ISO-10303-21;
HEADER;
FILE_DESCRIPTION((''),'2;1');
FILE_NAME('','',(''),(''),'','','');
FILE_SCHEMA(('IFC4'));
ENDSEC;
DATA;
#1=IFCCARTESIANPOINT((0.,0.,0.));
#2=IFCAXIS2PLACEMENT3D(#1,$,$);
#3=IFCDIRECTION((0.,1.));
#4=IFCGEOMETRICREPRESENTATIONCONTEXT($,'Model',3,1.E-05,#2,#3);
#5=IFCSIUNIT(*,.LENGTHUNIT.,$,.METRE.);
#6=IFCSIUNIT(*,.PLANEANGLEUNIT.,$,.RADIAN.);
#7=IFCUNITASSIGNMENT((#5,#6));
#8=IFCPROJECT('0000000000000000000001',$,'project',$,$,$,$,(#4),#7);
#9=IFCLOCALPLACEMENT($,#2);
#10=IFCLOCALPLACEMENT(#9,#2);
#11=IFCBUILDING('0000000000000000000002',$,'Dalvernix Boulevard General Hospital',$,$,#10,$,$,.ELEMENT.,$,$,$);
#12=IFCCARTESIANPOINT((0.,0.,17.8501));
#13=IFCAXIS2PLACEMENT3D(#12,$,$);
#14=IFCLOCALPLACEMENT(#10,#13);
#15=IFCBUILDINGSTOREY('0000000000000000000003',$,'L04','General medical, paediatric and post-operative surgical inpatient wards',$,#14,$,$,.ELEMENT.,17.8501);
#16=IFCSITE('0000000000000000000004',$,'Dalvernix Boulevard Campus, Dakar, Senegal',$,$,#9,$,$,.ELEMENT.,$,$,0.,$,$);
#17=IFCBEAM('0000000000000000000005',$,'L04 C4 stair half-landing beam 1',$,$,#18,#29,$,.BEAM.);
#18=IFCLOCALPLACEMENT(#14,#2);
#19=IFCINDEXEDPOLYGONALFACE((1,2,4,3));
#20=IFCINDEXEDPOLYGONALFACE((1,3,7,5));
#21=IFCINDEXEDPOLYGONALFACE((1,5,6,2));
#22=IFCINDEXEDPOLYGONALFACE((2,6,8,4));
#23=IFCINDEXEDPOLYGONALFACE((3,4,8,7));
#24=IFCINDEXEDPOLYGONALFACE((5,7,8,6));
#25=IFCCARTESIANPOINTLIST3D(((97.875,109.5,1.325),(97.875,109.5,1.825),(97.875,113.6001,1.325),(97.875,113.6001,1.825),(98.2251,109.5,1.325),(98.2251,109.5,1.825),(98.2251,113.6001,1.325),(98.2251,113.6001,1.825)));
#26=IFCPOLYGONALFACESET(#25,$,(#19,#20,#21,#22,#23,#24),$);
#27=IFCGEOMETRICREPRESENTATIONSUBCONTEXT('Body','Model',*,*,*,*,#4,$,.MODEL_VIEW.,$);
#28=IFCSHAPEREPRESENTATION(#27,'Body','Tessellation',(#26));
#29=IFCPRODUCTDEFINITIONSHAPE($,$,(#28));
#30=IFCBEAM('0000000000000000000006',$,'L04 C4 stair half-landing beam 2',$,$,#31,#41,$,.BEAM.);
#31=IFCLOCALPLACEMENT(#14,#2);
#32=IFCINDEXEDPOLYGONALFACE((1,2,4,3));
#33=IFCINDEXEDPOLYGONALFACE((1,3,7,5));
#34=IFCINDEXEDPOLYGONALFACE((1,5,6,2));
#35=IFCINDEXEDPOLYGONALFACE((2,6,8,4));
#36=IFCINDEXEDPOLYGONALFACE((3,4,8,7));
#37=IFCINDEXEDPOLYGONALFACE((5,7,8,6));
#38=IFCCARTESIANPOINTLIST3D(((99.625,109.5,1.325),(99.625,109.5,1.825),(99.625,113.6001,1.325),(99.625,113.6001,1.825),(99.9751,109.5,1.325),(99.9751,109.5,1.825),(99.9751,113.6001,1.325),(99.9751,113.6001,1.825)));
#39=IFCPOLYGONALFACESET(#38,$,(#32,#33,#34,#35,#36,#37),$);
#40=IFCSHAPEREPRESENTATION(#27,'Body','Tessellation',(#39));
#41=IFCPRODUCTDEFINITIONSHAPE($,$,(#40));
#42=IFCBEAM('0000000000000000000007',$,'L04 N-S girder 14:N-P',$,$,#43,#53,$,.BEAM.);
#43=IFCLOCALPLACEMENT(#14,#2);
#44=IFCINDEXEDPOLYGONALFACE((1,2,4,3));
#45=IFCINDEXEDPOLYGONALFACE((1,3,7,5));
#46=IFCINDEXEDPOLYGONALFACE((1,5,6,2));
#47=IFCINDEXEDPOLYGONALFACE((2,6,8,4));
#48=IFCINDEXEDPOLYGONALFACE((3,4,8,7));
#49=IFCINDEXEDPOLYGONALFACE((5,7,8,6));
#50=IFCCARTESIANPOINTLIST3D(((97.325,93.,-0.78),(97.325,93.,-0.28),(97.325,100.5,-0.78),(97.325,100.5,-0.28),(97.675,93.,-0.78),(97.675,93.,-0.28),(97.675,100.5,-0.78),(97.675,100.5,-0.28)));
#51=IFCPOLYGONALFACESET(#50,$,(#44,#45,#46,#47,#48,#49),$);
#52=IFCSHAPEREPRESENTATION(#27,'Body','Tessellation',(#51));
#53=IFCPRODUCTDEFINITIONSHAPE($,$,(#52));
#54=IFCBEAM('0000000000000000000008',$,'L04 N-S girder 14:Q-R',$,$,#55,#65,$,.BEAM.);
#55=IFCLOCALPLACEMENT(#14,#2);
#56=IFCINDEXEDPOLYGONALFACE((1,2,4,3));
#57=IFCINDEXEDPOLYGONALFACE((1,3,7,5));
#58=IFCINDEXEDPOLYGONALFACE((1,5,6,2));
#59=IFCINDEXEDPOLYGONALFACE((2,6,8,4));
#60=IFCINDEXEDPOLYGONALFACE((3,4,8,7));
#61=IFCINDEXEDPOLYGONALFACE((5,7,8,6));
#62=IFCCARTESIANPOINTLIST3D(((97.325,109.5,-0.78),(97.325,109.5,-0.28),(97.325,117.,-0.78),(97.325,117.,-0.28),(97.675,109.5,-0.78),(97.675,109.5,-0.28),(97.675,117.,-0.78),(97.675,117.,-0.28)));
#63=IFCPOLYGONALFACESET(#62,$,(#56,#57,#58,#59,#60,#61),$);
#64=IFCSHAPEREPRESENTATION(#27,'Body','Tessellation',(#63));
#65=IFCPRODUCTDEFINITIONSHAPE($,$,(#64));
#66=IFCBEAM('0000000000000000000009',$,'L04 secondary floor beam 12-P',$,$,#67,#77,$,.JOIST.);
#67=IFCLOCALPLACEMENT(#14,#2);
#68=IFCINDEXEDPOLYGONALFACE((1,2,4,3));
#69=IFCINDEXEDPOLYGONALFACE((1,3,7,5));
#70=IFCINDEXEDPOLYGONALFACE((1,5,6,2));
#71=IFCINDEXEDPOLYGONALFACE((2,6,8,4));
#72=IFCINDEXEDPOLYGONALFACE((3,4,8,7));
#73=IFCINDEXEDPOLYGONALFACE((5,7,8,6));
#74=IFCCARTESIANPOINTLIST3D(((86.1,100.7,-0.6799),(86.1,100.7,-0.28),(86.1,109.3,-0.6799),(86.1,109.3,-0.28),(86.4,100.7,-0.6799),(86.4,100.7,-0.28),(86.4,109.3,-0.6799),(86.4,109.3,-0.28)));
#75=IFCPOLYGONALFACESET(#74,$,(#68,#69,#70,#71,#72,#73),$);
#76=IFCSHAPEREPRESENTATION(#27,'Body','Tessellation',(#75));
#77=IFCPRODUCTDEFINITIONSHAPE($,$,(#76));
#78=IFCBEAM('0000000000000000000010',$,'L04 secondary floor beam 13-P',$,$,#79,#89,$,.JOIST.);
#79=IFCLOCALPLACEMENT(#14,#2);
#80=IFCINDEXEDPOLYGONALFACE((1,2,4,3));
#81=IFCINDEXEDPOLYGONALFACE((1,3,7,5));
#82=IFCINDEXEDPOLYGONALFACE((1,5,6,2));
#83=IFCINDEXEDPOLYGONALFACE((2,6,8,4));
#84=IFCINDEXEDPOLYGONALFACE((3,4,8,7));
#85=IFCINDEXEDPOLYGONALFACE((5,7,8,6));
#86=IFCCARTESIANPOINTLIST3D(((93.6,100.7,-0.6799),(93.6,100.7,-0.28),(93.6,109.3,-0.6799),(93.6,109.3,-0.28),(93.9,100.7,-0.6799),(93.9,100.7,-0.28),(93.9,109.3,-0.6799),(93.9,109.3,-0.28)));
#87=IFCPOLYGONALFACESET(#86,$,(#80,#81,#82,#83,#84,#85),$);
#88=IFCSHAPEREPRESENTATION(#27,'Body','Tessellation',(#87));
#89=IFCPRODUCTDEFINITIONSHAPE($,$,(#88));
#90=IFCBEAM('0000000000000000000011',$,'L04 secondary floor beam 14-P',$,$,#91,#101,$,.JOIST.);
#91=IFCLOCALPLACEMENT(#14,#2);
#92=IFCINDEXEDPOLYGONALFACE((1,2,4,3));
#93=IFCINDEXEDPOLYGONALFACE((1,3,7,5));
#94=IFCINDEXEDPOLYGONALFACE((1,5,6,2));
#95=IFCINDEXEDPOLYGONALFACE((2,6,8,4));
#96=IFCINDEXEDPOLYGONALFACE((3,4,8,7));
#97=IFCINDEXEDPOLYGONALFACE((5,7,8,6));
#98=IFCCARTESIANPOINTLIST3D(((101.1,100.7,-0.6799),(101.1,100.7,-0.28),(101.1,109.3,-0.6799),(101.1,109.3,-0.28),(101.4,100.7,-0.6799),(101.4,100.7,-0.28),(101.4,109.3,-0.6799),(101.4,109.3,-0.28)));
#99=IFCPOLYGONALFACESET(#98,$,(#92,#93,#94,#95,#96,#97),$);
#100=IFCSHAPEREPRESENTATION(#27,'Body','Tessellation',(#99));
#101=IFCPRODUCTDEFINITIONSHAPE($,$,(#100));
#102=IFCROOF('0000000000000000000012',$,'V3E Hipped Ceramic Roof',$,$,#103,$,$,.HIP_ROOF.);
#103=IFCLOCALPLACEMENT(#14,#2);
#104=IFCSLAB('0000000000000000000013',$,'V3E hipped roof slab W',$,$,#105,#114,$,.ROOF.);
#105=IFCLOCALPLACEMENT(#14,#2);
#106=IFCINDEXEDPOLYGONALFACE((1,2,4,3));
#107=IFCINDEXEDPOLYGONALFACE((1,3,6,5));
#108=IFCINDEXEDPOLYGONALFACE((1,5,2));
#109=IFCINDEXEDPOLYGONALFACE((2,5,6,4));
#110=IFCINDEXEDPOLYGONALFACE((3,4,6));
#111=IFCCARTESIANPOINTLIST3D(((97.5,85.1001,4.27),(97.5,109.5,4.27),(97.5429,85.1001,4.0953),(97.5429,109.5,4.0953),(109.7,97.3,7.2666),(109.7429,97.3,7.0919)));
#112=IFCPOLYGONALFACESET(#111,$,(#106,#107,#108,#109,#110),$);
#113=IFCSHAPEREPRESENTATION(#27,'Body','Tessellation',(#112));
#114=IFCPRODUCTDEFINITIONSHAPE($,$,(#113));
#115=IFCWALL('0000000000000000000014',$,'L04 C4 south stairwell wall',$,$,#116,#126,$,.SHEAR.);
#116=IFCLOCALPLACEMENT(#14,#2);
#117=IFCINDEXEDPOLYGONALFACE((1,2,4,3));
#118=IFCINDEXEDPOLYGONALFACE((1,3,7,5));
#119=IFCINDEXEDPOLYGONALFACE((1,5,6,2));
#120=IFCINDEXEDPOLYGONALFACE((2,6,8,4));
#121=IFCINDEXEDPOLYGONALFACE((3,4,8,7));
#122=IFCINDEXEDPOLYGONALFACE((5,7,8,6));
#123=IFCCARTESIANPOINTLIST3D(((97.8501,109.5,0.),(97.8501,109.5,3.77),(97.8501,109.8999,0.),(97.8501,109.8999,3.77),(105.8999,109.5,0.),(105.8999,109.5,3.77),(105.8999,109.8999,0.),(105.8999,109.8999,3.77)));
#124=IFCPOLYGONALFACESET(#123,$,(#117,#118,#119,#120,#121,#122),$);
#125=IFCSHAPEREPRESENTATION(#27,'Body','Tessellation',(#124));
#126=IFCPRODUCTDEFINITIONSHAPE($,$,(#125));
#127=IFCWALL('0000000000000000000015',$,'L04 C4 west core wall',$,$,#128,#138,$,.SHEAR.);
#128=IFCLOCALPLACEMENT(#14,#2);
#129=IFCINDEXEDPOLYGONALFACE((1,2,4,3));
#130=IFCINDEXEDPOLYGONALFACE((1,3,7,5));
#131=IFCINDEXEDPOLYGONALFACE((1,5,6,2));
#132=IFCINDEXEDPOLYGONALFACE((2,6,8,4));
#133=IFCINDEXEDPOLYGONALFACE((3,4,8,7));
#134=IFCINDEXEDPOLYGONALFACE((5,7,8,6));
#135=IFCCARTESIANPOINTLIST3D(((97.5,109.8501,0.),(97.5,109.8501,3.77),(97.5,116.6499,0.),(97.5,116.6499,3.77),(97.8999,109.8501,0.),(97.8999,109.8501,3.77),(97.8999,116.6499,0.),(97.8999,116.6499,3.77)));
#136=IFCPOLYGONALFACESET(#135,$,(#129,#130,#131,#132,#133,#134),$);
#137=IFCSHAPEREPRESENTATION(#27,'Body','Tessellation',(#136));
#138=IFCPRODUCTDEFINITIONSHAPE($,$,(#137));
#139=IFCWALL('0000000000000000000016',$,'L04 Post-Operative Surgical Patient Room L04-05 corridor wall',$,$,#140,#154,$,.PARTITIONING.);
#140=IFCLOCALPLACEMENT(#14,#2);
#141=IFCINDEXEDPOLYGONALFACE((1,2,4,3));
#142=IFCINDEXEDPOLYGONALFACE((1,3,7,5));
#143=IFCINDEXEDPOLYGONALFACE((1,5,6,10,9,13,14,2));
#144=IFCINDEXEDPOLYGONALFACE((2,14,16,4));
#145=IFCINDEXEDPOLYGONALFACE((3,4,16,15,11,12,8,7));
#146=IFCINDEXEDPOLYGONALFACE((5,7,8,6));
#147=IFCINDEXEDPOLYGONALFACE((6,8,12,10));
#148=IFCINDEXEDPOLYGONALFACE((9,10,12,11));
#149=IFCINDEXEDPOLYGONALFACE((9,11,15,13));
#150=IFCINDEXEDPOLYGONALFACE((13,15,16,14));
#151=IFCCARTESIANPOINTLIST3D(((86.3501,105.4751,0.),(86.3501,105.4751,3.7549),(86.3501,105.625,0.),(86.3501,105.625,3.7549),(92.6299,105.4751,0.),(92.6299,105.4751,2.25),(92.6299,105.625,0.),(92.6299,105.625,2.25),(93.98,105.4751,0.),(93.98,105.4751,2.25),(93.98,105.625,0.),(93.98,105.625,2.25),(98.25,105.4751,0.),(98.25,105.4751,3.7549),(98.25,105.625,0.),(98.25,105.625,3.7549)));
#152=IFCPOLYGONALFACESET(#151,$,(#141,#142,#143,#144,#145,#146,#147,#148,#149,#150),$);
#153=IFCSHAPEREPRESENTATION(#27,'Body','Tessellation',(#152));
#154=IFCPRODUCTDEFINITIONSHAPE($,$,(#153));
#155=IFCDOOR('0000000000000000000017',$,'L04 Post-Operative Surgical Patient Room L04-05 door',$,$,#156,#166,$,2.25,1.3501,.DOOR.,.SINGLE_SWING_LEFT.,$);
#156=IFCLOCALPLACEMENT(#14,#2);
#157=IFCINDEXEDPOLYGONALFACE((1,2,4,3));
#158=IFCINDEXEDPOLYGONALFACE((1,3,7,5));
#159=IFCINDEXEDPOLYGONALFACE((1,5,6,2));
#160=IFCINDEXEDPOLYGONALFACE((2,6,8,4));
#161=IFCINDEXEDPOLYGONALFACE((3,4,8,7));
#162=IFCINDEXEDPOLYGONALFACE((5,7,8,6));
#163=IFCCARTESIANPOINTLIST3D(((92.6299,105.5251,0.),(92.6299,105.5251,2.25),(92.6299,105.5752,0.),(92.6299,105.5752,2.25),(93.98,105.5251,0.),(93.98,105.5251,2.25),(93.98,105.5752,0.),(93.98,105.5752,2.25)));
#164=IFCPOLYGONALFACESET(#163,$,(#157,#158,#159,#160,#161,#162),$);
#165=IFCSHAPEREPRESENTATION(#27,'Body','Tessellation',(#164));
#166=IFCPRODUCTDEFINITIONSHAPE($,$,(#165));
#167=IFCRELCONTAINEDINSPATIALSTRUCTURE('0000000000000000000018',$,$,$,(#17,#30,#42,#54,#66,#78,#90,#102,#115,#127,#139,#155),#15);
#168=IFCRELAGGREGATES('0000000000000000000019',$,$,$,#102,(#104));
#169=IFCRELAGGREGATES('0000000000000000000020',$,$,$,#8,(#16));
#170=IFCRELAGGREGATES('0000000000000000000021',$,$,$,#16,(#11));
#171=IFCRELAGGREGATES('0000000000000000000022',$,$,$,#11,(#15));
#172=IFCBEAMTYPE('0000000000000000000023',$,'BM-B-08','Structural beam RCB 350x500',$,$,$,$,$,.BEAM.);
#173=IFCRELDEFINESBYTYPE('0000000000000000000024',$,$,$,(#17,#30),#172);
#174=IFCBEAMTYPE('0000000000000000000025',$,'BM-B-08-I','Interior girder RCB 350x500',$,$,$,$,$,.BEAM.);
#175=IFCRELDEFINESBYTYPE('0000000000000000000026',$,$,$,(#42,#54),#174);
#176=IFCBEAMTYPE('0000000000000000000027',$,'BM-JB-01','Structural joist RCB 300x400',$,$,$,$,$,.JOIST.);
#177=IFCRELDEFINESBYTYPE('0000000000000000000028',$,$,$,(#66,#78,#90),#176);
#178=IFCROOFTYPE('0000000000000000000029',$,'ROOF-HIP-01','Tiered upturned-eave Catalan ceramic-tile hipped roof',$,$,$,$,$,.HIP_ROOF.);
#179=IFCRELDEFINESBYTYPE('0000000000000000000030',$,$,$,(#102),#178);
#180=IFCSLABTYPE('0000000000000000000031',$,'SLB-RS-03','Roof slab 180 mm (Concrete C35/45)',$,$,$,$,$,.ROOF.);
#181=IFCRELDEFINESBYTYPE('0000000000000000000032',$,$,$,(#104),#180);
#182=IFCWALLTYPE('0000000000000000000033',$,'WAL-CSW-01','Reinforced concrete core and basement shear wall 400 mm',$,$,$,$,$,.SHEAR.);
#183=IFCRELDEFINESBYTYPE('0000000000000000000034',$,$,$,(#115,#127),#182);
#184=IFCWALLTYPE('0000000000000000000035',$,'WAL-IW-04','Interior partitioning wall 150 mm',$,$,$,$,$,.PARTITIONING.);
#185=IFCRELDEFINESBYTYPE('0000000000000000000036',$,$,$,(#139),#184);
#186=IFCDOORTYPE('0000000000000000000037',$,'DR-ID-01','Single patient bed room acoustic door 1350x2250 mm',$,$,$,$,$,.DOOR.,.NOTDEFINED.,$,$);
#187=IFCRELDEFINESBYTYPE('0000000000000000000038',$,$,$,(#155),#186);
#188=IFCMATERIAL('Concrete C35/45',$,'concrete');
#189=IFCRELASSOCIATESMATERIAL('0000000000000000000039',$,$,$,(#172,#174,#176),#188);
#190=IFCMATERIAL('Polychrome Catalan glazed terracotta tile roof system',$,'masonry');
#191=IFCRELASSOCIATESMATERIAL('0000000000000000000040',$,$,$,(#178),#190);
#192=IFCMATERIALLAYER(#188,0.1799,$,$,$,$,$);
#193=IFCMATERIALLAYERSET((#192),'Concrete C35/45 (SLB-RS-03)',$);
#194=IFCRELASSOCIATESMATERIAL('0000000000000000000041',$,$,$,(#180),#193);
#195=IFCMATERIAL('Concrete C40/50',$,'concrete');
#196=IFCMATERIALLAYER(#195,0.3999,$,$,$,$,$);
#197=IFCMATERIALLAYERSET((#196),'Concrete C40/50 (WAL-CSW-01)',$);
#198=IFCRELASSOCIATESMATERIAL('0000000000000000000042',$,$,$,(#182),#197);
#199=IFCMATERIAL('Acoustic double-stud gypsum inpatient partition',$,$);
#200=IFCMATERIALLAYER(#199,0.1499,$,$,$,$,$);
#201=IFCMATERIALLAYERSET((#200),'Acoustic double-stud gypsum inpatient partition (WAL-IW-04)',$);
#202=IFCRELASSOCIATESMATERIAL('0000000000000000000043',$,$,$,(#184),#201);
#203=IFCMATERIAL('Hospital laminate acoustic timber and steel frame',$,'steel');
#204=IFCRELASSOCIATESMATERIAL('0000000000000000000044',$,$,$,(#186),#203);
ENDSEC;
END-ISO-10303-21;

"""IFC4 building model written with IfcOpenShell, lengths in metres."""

from ifc_helpers import new_model, si_unit, direction, frame, frame_2d, origin, origin_2d, place, context, subcontext, project, spatial, polyline, rectangle, outline, extrude, material, layer, layer_set, material_profile, profile_set, type_object, element, fill, aggregate, save


model = new_model("IFC4")

# Units and contexts
model_context = context("Model", 3, precision=1e-05, world=origin(), true_north=direction((0.0, 1.0)))
body_context = subcontext(model_context, "Body", "Model", "MODEL_VIEW")
ifc_project = project(units=[si_unit("LENGTHUNIT", "METRE"), si_unit("PLANEANGLEUNIT", "RADIAN")], contexts=[model_context])

# Site, building, storey
site_placement = place(None, origin())
site = spatial("IfcSite", under=ifc_project, at=site_placement, Name="Dalvernix Boulevard Campus, Dakar, Senegal", CompositionType="ELEMENT", RefElevation=0.0)
building_placement = place(site_placement, origin())
building = spatial("IfcBuilding", under=site, at=building_placement, Name="Dalvernix Boulevard General Hospital", CompositionType="ELEMENT")
storey_placement = place(building_placement, frame((0.0, 0.0, 17.8501)))
storey = spatial("IfcBuildingStorey", under=building, at=storey_placement, Name="L04", Description="General medical, paediatric and post-operative surgical inpatient wards", CompositionType="ELEMENT", Elevation=17.8501)

# Shared definitions
ifc_material_1 = material(Name="Concrete C40/50", Category="concrete")

# Beams
ifc_material_2 = material(Name="Concrete C35/45", Category="concrete")
ifc_material_profile_1 = material_profile(ifc_material_2, rectangle(XDim=0.3501, YDim=0.5, at=origin_2d()), Name="RCB 350x500")
ifc_profile_set_1 = profile_set([ifc_material_profile_1], Name="Concrete C35/45")
beam_type_1 = type_object("IfcBeamType", Name="BM-B-08", Description="Structural beam RCB 350x500", PredefinedType="BEAM", material=ifc_profile_set_1)
for number, where, z_axis, x_axis, name in (
    (1, (98.05, 109.5, 1.575), (0.0, 1.0, 0.0), (-1.0, 0.0, 0.0), "L04 C4 stair half-landing beam 1"),
    (2, (99.8, 109.5, 1.575), (0.0, 1.0, 0.0), (-1.0, 0.0, 0.0), "L04 C4 stair half-landing beam 2"),
):
    element("IfcBeam", number, at=place(storey_placement, frame(where, z_axis=z_axis, x_axis=x_axis)), inside=storey, type_object=beam_type_1, Name=name, PredefinedType="BEAM", context=body_context, shape_type="SweptSolid", body=[
        extrude(rectangle(XDim=0.3501, YDim=0.5, at=origin_2d()), origin(), (0.0, 0.0, 1.0), 4.1001),
    ])
ifc_material_profile_2 = material_profile(ifc_material_2, rectangle(XDim=0.3501, YDim=0.5, at=origin_2d()), Name="RCB 350x500")
ifc_profile_set_2 = profile_set([ifc_material_profile_2], Name="Concrete C35/45")
beam_type_2 = type_object("IfcBeamType", Name="BM-B-08-I", Description="Interior girder RCB 350x500", PredefinedType="BEAM", material=ifc_profile_set_2)
for number, where, z_axis, x_axis, name in (
    (3, (97.5, 93.0, -0.53), (0.0, 1.0, 0.0), (-1.0, 0.0, 0.0), "L04 N-S girder 14:N-P"),
    (4, (97.5, 109.5, -0.53), (0.0, 1.0, 0.0), (-1.0, 0.0, 0.0), "L04 N-S girder 14:Q-R"),
):
    element("IfcBeam", number, at=place(storey_placement, frame(where, z_axis=z_axis, x_axis=x_axis)), inside=storey, type_object=beam_type_2, Name=name, PredefinedType="BEAM", context=body_context, shape_type="SweptSolid", body=[
        extrude(rectangle(XDim=0.3501, YDim=0.5, at=origin_2d()), origin(), (0.0, 0.0, 1.0), 7.5),
    ])
ifc_material_profile_3 = material_profile(ifc_material_2, rectangle(XDim=0.3, YDim=0.3999, at=origin_2d()), Name="RCB 300x400")
ifc_profile_set_3 = profile_set([ifc_material_profile_3], Name="Concrete C35/45")
beam_type_3 = type_object("IfcBeamType", Name="BM-JB-01", Description="Structural joist RCB 300x400", PredefinedType="JOIST", material=ifc_profile_set_3)
for number, where, z_axis, x_axis, name in (
    (5, (86.25, 100.7, -0.48), (0.0, 1.0, 0.0), (-1.0, 0.0, 0.0), "L04 secondary floor beam 12-P"),
    (6, (93.75, 100.7, -0.48), (0.0, 1.0, 0.0), (-1.0, 0.0, 0.0), "L04 secondary floor beam 13-P"),
    (7, (101.25, 100.7, -0.48), (0.0, 1.0, 0.0), (-1.0, 0.0, 0.0), "L04 secondary floor beam 14-P"),
):
    element("IfcBeam", number, at=place(storey_placement, frame(where, z_axis=z_axis, x_axis=x_axis)), inside=storey, type_object=beam_type_3, Name=name, PredefinedType="JOIST", context=body_context, shape_type="SweptSolid", body=[
        extrude(rectangle(XDim=0.3, YDim=0.3999, at=origin_2d()), origin(), (0.0, 0.0, 1.0), 8.6001),
    ])

# Roof, slab
ifc_material_3 = material(Name="Polychrome Catalan glazed terracotta tile roof system", Category="masonry")
roof_type_1 = type_object("IfcRoofType", Name="ROOF-HIP-01", Description="Tiered upturned-eave Catalan ceramic-tile hipped roof", PredefinedType="HIP_ROOF", material=ifc_material_3)
roof_1_placement = place(storey_placement, origin())
roof_1 = element("IfcRoof", 8, at=roof_1_placement, inside=storey, type_object=roof_type_1, Name="V3E Hipped Ceramic Roof", PredefinedType="HIP_ROOF")
ifc_layer_1 = layer(ifc_material_2, 0.1799)
ifc_layer_set_1 = layer_set([ifc_layer_1], Name="Concrete C35/45 (SLB-RS-03)")
slab_type = type_object("IfcSlabType", Name="SLB-RS-03", Description="Roof slab 180 mm (Concrete C35/45)", PredefinedType="ROOF", material=ifc_layer_set_1)
slab_placement = place(storey_placement, frame((97.5, 109.5, 4.27), z_axis=(-0.238532, 0.0, 0.971135), x_axis=(0.0, -1.0, 0.0)))
slab = element("IfcSlab", 9, at=slab_placement, type_object=slab_type, Name="V3E hipped roof slab W", PredefinedType="ROOF", context=body_context, shape_type="SweptSolid", body=[
    extrude(outline(polyline([(0.0, 0.0), (24.3999, 0.0), (12.2, 12.5626), (0.0, 0.0)])), origin(), (0.0, 0.0, -1.0), 0.1799),
])
aggregate(roof_1, [slab])

# Walls
ifc_layer_2 = layer(ifc_material_1, 0.3999)
ifc_layer_set_2 = layer_set([ifc_layer_2], Name="Concrete C40/50 (WAL-CSW-01)")
wall_type_1 = type_object("IfcWallType", Name="WAL-CSW-01", Description="Reinforced concrete core and basement shear wall 400 mm", PredefinedType="SHEAR", material=ifc_layer_set_2)
wall_1_placement = place(storey_placement, frame((97.8501, 109.7, 0.0), z_axis=(0.0, 0.0, 1.0), x_axis=(1.0, 0.0, 0.0)))
element("IfcWall", 10, at=wall_1_placement, inside=storey, type_object=wall_type_1, Name="L04 C4 south stairwell wall", PredefinedType="SHEAR", context=body_context, shape_type="SweptSolid", body=[
    extrude(rectangle(XDim=8.0498, YDim=0.3999, at=frame_2d((4.0249, 0.0))), origin(), (0.0, 0.0, 1.0), 3.77),
])
wall_2_placement = place(storey_placement, frame((97.7, 109.8501, 0.0), z_axis=(0.0, 0.0, 1.0), x_axis=(0.0, 1.0, 0.0)))
element("IfcWall", 11, at=wall_2_placement, inside=storey, type_object=wall_type_1, Name="L04 C4 west core wall", PredefinedType="SHEAR", context=body_context, shape_type="SweptSolid", body=[
    extrude(rectangle(XDim=6.7998, YDim=0.3999, at=frame_2d((3.3999, 0.0))), origin(), (0.0, 0.0, 1.0), 3.77),
])

# Wall, opening, door
ifc_material_4 = material(Name="Acoustic double-stud gypsum inpatient partition")
ifc_layer_3 = layer(ifc_material_4, 0.1499)
ifc_layer_set_3 = layer_set([ifc_layer_3], Name="Acoustic double-stud gypsum inpatient partition (WAL-IW-04)")
wall_type_2 = type_object("IfcWallType", Name="WAL-IW-04", Description="Interior partitioning wall 150 mm", PredefinedType="PARTITIONING", material=ifc_layer_set_3)
wall_3_placement = place(storey_placement, frame((98.25, 105.55, 0.0), z_axis=(0.0, 0.0, 1.0), x_axis=(-1.0, 0.0, 0.0)))
wall_3 = element("IfcWall", 12, at=wall_3_placement, inside=storey, type_object=wall_type_2, Name="L04 Post-Operative Surgical Patient Room L04-05 corridor wall", PredefinedType="PARTITIONING", context=body_context, shape_type="SweptSolid", body=[
    extrude(rectangle(XDim=11.8999, YDim=0.1499, at=frame_2d((5.95, 0.0))), origin(), (0.0, 0.0, 1.0), 3.7549),
])
opening_1_placement = place(wall_3_placement, frame((4.27, 0.0, 0.0)))
opening_1 = element("IfcOpeningElement", 13, at=opening_1_placement, cuts=wall_3, PredefinedType="OPENING", context=body_context, shape_type="SweptSolid", body=[
    extrude(rectangle(XDim=1.3501, YDim=2.25, at=frame_2d((0.675, 1.125))), frame((0.0, 0.085, 0.0), z_axis=(0.0, -1.0, 0.0), x_axis=(1.0, 0.0, 0.0)), (0.0, 0.0, 1.0), 0.1699),
])
ifc_material_5 = material(Name="Hospital laminate acoustic timber and steel frame", Category="steel")
door_type_1 = type_object("IfcDoorType", Name="DR-ID-01", Description="Single patient bed room acoustic door 1350x2250 mm", OperationType="NOTDEFINED", PredefinedType="DOOR", material=ifc_material_5)
door_1_placement = place(opening_1_placement, origin())
door_1 = element("IfcDoor", 14, at=door_1_placement, inside=storey, type_object=door_type_1, Name="L04 Post-Operative Surgical Patient Room L04-05 door", OperationType="SINGLE_SWING_LEFT", OverallHeight=2.25, OverallWidth=1.3501, PredefinedType="DOOR", context=body_context, shape_type="SweptSolid", body=[
    extrude(rectangle(XDim=1.3501, YDim=2.25, at=frame_2d((0.675, 1.125))), frame((0.0, 0.0249, 0.0), z_axis=(0.0, -1.0, 0.0), x_axis=(1.0, 0.0, 0.0)), (0.0, 0.0, 1.0), 0.05),
])
fill(opening_1, door_1)

save(model, "model.ifc")
